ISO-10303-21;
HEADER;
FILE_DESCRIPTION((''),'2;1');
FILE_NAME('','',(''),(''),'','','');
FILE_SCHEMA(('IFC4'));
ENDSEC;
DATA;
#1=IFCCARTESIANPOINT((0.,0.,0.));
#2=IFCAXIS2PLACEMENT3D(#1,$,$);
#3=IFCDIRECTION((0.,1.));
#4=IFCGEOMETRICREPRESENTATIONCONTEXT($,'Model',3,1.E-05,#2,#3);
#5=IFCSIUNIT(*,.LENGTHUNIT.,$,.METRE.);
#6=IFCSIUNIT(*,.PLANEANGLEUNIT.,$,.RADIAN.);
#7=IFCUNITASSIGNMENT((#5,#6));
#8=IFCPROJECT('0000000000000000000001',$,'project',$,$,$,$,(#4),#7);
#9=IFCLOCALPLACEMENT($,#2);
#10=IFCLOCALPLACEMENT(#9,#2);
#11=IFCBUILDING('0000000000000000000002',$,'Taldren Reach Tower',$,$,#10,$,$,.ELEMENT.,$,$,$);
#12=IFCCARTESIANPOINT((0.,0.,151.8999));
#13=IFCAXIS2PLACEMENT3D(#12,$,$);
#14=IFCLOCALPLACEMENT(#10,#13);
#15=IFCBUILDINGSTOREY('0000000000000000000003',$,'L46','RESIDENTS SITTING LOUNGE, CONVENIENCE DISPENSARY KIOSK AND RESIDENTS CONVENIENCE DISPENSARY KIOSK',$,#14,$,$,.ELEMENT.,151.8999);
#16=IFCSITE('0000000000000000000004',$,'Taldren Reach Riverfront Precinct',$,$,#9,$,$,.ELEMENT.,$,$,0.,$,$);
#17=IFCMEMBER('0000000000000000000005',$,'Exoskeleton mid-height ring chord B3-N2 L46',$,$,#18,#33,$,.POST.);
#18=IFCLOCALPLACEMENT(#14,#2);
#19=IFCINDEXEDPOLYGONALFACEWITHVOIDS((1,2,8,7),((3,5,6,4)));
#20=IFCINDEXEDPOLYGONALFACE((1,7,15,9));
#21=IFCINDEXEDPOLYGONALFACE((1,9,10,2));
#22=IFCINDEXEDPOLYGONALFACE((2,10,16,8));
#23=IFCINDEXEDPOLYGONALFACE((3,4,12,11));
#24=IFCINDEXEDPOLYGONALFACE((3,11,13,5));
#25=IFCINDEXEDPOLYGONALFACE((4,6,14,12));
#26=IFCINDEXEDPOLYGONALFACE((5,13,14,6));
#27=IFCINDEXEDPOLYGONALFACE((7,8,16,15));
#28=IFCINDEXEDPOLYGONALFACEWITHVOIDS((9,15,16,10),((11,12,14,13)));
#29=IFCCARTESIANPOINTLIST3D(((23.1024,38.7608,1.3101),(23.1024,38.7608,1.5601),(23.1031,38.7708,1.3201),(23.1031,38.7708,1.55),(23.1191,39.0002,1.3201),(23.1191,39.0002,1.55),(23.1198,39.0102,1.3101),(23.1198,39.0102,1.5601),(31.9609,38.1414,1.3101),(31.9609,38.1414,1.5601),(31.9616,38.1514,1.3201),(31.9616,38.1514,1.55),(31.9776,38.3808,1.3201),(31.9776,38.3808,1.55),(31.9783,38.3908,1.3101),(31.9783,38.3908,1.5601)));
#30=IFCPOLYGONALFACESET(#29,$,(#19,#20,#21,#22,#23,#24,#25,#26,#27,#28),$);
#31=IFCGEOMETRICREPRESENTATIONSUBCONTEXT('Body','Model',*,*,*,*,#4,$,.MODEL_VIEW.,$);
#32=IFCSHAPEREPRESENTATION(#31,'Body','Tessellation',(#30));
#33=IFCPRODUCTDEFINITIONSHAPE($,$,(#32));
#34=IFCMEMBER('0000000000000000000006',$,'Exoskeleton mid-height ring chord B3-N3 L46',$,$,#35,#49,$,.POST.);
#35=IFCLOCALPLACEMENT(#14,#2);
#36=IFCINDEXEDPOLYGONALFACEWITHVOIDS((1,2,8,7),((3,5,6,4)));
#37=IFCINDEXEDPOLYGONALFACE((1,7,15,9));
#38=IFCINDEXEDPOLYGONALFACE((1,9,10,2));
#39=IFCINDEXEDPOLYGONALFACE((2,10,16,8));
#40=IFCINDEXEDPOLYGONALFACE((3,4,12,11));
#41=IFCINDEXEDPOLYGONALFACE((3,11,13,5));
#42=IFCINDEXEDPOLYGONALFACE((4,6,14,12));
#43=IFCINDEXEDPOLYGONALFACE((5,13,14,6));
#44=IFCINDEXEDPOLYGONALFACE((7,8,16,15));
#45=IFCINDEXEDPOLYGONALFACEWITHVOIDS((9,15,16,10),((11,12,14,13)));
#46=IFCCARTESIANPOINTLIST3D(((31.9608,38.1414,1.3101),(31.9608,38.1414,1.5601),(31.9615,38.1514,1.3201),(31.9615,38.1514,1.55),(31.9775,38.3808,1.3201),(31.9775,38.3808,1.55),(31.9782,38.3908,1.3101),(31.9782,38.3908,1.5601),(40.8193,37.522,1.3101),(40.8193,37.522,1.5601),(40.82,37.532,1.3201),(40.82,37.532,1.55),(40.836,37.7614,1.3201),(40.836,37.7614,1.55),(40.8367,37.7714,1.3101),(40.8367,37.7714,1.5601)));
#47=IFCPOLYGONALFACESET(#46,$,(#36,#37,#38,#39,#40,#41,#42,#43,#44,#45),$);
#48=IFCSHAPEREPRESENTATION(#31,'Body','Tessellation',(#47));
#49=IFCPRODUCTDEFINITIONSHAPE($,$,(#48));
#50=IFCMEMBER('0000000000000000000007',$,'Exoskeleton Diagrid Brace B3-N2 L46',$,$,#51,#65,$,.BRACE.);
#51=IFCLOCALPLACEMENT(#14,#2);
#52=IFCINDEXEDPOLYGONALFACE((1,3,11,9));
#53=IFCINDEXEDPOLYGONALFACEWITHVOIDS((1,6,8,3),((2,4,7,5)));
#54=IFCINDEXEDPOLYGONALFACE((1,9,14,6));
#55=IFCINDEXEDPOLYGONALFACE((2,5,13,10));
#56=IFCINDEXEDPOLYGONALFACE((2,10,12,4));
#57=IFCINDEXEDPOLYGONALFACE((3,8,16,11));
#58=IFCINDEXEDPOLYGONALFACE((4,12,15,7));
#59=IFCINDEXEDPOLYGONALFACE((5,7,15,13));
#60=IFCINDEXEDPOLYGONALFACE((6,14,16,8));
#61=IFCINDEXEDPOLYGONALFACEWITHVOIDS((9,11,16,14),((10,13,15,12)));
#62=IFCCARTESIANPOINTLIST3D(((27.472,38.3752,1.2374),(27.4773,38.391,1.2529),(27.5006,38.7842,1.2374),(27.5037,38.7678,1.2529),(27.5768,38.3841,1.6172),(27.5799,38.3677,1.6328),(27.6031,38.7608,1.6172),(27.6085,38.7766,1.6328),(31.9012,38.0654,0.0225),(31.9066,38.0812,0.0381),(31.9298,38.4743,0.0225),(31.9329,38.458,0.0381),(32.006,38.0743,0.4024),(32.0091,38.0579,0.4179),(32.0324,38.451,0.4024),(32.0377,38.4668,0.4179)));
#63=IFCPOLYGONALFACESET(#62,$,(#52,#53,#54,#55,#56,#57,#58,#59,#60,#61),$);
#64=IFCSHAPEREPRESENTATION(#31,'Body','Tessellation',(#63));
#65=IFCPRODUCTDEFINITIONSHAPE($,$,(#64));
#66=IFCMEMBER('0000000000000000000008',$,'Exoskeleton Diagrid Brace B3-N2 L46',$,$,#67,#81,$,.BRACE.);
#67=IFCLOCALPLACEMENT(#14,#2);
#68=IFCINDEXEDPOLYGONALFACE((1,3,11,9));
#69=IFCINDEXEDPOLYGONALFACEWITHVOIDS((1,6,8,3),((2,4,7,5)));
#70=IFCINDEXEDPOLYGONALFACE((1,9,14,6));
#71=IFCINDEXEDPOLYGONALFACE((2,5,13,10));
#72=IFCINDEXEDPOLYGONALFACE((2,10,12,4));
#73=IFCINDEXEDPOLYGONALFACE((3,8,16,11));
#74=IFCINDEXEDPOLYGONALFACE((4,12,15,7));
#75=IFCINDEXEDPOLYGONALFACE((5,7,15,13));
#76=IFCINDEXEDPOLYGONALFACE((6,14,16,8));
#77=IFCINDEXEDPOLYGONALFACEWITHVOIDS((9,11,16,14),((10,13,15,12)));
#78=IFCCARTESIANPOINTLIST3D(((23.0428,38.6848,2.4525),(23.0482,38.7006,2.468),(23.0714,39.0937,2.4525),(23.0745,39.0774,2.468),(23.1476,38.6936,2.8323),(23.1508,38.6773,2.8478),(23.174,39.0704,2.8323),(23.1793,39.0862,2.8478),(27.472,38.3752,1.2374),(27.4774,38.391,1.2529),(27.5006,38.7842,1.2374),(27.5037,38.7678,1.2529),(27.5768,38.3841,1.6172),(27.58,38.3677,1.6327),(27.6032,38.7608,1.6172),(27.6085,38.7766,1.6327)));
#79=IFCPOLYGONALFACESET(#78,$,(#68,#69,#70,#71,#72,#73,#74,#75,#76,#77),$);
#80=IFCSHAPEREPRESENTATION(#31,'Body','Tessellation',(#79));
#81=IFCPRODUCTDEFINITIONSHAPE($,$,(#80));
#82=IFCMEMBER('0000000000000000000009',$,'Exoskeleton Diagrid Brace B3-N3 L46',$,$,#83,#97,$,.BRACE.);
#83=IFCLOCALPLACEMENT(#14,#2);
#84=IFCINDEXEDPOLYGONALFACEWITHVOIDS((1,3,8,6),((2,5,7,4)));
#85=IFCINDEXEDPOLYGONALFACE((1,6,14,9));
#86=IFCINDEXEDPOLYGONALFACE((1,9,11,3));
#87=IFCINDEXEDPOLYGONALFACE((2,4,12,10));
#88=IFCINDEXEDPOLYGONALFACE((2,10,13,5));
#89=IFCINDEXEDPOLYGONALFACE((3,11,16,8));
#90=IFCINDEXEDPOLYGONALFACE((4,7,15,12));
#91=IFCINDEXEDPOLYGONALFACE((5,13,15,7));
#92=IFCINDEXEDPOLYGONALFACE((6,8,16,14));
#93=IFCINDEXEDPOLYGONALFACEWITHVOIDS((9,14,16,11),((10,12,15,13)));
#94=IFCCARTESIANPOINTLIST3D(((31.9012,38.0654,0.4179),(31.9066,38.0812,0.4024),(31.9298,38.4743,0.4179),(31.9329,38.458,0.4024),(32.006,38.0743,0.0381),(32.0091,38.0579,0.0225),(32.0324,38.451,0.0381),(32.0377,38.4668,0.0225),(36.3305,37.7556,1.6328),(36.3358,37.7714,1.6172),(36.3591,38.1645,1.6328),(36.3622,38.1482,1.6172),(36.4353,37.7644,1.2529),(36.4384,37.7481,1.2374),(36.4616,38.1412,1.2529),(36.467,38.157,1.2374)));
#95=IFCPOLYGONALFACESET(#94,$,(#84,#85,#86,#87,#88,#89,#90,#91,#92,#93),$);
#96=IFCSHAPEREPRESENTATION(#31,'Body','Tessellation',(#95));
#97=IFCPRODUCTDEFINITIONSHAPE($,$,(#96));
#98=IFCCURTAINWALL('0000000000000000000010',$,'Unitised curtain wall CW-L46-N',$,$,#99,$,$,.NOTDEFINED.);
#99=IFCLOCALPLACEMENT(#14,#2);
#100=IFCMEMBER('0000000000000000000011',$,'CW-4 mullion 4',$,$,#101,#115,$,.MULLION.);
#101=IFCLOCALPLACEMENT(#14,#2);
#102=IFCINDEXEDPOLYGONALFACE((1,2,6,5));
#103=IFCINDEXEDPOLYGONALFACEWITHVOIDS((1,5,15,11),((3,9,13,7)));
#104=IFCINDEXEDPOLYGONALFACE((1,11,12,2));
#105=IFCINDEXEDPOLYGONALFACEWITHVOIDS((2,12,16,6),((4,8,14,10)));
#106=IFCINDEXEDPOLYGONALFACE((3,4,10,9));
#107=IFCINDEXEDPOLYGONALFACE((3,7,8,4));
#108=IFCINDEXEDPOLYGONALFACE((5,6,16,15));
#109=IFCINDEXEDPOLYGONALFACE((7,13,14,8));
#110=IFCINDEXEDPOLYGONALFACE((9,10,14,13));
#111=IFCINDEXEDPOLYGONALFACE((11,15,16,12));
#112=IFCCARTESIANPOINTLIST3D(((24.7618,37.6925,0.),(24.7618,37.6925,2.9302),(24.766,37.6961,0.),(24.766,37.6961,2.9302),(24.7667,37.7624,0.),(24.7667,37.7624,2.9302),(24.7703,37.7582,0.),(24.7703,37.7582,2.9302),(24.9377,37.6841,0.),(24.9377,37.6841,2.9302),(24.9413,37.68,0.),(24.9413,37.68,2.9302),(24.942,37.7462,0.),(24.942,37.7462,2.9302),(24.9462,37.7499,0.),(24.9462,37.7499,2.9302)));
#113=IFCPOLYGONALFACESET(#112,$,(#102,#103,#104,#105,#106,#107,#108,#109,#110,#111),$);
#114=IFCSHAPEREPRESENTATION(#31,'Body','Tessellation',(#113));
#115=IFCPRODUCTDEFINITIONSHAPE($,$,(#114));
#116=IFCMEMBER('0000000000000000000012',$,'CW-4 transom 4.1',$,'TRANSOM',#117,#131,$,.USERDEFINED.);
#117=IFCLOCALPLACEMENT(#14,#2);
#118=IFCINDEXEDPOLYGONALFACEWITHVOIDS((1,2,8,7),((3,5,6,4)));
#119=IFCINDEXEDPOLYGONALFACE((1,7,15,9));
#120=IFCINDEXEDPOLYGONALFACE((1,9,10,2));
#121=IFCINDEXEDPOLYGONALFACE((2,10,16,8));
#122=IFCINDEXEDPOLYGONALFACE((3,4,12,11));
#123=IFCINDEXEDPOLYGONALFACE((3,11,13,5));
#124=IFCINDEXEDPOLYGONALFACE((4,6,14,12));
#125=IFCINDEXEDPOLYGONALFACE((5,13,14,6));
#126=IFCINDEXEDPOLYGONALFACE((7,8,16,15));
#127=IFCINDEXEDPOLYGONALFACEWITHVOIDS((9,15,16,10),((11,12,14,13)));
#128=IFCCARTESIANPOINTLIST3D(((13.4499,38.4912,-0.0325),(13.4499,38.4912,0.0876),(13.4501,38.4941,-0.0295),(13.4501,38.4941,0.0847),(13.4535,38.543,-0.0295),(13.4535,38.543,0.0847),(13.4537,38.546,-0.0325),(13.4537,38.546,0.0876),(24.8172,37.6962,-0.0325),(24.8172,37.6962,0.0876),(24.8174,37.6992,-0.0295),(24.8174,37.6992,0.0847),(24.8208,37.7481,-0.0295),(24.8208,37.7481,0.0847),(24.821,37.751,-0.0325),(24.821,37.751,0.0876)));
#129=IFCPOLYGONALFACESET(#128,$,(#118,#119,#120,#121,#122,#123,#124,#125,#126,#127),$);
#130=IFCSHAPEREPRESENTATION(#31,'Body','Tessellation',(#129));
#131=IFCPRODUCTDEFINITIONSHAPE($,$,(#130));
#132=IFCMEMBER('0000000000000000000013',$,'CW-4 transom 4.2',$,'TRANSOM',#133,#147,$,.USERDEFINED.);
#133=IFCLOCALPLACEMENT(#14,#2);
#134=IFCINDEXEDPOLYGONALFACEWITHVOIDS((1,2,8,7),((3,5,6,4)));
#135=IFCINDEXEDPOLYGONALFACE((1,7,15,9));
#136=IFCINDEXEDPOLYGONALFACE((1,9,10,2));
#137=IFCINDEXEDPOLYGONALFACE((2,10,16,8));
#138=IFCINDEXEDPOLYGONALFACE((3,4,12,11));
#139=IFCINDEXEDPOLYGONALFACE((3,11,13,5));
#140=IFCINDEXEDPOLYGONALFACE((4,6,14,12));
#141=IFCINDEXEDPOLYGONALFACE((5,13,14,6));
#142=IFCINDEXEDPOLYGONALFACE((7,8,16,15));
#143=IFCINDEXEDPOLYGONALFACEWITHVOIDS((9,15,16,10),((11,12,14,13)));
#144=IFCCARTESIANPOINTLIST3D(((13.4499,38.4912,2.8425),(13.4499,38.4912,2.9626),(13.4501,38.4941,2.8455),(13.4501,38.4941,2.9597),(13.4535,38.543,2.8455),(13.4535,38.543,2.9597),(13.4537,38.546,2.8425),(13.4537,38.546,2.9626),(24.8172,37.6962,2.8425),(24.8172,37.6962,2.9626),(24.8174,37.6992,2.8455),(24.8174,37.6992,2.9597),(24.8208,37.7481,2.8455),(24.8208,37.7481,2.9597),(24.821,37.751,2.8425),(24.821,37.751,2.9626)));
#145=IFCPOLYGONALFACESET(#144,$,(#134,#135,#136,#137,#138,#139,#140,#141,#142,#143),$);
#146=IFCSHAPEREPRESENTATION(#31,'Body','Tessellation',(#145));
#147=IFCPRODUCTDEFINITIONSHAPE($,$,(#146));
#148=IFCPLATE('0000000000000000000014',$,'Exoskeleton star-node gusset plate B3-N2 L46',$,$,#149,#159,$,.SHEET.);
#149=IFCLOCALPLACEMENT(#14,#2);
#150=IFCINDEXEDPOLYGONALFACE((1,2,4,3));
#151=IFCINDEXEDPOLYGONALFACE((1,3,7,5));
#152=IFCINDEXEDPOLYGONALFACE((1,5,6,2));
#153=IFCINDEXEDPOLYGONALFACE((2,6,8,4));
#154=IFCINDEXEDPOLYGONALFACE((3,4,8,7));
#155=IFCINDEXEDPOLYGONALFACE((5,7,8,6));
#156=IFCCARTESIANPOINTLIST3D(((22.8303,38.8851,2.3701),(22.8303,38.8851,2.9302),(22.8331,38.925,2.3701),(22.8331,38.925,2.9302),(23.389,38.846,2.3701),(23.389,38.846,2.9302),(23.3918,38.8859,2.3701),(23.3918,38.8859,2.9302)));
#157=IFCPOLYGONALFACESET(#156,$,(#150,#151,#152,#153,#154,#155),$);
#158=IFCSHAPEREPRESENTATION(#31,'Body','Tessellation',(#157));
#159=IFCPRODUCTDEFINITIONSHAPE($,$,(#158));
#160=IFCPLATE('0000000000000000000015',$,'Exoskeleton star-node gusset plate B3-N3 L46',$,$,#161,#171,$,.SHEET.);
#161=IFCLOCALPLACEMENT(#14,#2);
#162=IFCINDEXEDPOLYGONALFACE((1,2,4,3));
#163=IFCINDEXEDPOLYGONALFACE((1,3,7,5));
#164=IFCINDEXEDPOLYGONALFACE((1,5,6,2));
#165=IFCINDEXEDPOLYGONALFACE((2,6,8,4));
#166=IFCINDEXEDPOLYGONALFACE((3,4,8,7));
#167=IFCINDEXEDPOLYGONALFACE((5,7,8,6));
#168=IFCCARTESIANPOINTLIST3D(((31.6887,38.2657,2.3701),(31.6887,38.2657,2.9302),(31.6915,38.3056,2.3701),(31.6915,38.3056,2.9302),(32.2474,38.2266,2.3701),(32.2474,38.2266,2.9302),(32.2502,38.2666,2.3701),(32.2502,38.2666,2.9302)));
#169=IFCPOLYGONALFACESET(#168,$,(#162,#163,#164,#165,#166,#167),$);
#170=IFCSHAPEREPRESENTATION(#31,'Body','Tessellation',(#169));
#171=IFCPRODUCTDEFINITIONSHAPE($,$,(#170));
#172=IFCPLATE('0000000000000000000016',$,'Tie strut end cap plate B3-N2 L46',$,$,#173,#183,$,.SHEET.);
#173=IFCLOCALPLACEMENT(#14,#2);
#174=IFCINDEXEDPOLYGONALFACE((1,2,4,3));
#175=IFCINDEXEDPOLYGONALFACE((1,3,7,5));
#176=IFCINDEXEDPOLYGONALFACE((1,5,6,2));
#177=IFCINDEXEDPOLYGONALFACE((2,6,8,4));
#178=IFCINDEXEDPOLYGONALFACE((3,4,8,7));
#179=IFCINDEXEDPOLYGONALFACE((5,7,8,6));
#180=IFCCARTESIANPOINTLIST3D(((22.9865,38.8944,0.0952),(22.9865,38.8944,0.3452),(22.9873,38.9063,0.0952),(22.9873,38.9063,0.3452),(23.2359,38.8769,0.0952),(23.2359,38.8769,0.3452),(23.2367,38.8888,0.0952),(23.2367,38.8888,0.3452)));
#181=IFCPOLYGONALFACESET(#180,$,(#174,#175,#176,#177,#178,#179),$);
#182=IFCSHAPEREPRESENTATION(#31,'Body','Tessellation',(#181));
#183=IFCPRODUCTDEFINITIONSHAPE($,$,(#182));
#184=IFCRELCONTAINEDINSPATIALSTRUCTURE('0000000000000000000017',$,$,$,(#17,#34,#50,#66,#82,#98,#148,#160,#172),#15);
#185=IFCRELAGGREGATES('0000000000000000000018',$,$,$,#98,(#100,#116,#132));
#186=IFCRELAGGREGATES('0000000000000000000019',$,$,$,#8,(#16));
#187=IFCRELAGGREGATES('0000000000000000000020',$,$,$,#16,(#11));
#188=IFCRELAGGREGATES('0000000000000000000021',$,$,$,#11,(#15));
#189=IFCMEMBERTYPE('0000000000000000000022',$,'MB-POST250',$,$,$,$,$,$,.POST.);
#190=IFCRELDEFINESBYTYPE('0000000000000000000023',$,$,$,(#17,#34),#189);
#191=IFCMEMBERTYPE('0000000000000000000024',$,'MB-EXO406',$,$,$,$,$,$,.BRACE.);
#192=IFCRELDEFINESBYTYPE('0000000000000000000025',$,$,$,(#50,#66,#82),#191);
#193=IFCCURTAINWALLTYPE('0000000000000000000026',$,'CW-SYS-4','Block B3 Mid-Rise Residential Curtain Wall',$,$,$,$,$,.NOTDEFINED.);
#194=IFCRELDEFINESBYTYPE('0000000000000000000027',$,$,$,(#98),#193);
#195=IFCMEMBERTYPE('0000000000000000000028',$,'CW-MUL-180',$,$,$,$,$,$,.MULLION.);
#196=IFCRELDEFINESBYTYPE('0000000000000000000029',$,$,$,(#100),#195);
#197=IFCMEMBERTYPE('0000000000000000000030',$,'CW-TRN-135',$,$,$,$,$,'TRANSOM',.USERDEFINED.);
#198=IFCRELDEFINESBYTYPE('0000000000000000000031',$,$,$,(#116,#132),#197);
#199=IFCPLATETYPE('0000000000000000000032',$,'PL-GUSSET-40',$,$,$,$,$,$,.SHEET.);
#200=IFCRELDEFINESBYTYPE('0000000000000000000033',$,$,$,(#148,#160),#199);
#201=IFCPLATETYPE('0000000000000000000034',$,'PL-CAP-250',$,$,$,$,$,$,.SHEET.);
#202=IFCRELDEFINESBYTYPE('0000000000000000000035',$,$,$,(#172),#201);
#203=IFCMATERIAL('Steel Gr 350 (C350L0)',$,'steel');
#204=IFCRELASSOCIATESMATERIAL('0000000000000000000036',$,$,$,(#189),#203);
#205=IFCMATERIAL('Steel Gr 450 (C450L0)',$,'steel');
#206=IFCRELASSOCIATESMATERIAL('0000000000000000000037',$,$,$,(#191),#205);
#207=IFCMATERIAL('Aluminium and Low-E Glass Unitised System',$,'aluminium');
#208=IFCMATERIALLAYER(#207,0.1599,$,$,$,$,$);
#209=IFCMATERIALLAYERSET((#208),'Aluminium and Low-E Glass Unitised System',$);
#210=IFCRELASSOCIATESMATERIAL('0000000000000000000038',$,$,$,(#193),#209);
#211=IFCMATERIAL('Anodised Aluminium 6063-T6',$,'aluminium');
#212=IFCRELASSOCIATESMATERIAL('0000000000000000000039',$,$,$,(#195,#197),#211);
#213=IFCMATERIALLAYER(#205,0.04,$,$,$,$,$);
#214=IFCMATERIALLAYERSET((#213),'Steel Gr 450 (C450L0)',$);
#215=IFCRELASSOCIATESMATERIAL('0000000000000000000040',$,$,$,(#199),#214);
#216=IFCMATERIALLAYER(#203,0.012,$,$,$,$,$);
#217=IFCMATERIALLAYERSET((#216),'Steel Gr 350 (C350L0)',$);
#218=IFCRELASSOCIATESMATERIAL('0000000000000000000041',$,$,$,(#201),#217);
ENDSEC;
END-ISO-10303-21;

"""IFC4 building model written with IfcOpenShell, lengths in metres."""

from ifc_helpers import new_model, si_unit, direction, frame, origin, origin_2d, place, context, subcontext, project, spatial, rectangle, hollow_rectangle, extrude, source, transform, mapped, material, layer, layer_set, material_profile, profile_set, type_object, element, aggregate, save


model = new_model("IFC4")

# Units and contexts
model_context = context("Model", 3, precision=1e-05, world=origin(), true_north=direction((0.0, 1.0)))
body_context = subcontext(model_context, "Body", "Model", "MODEL_VIEW")
ifc_project = project(units=[si_unit("LENGTHUNIT", "METRE"), si_unit("PLANEANGLEUNIT", "RADIAN")], contexts=[model_context])

# Site, building, storey
site_placement = place(None, origin())
site = spatial("IfcSite", under=ifc_project, at=site_placement, Name="Taldren Reach Riverfront Precinct", CompositionType="ELEMENT", RefElevation=0.0)
building_placement = place(site_placement, origin())
building = spatial("IfcBuilding", under=site, at=building_placement, Name="Taldren Reach Tower", CompositionType="ELEMENT")
storey_placement = place(building_placement, frame((0.0, 0.0, 151.8999)))
storey = spatial("IfcBuildingStorey", under=building, at=storey_placement, Name="L46", Description="RESIDENTS SITTING LOUNGE, CONVENIENCE DISPENSARY KIOSK AND RESIDENTS CONVENIENCE DISPENSARY KIOSK", CompositionType="ELEMENT", Elevation=151.8999)

# Shared definitions
ifc_material_1 = material(Name="Steel Gr 450 (C450L0)", Category="steel")
ifc_material_2 = material(Name="Steel Gr 350 (C350L0)", Category="steel")
ifc_material_profile_1 = material_profile(ifc_material_2, hollow_rectangle(XDim=0.25, YDim=0.25, WallThickness=0.01, at=origin_2d()), Name="250x250x10.0SHS")
ifc_profile_set_1 = profile_set([ifc_material_profile_1], Name="Steel Gr 350 (C350L0)")
member_type_1 = type_object("IfcMemberType", Name="MB-POST250", PredefinedType="POST", material=ifc_profile_set_1)

# Members
shared_shape_1 = source(origin(), body_context, "Body", "SweptSolid", [
    extrude(hollow_rectangle(XDim=0.25, YDim=0.25, WallThickness=0.01, at=origin_2d()), origin(), (0.0, 0.0, 1.0), 8.8801),
])
for number, where, z_axis, x_axis, name in (
    (1, (23.1111, 38.8855, 1.4351), (0.997564, -0.06975, 0.0), (0.06975, 0.997564, 0.0), "Exoskeleton mid-height ring chord B3-N2 L46"),
    (2, (31.9695, 38.2661, 1.4351), (0.997564, -0.06975, 0.0), (0.06975, 0.997564, 0.0), "Exoskeleton mid-height ring chord B3-N3 L46"),
):
    element("IfcMember", number, at=place(storey_placement, frame(where, z_axis=z_axis, x_axis=x_axis)), inside=storey, type_object=member_type_1, Name=name, PredefinedType="POST", context=body_context, shape_type="MappedRepresentation", body=[
        mapped(shared_shape_1, transform((0.0, 0.0, 0.0), scale=1.0)),
    ])
ifc_material_profile_2 = material_profile(ifc_material_1, hollow_rectangle(XDim=0.4099, YDim=0.4099, WallThickness=0.0161, at=origin_2d()), Name="410x410x16.0SHS")
ifc_profile_set_2 = profile_set([ifc_material_profile_2], Name="Steel Gr 450 (C450L0)")
member_type_2 = type_object("IfcMemberType", Name="MB-EXO406", PredefinedType="BRACE", material=ifc_profile_set_2)
shared_shape_2 = source(origin(), body_context, "Body", "SweptSolid", [
    extrude(hollow_rectangle(XDim=0.4099, YDim=0.4099, WallThickness=0.0161, at=origin_2d()), origin(), (0.0, 0.0, 1.0), 4.6033),
])
for number, where, z_axis, x_axis, name in (
    (3, (31.9695, 38.2661, 0.2202), (-0.962196, 0.067304, 0.263912), (-0.069778, -0.997563, 0.0), "Exoskeleton Diagrid Brace B3-N2 L46"),
    (4, (27.5403, 38.5759, 1.4351), (-0.962186, 0.06725, 0.263962), (-0.069723, -0.997566, 0.0), "Exoskeleton Diagrid Brace B3-N2 L46"),
    (5, (31.9695, 38.2661, 0.2202), (0.962196, -0.067304, 0.263912), (0.069778, 0.997563, 0.0), "Exoskeleton Diagrid Brace B3-N3 L46"),
):
    element("IfcMember", number, at=place(storey_placement, frame(where, z_axis=z_axis, x_axis=x_axis)), inside=storey, type_object=member_type_2, Name=name, PredefinedType="BRACE", context=body_context, shape_type="MappedRepresentation", body=[
        mapped(shared_shape_2, transform((0.0, 0.0, 0.0), scale=1.0)),
    ])

# Curtain wall, members
ifc_material_3 = material(Name="Aluminium and Low-E Glass Unitised System", Category="aluminium")
ifc_layer_1 = layer(ifc_material_3, 0.1599)
ifc_layer_set_1 = layer_set([ifc_layer_1], Name="Aluminium and Low-E Glass Unitised System")
curtain_wall_type = type_object("IfcCurtainWallType", Name="CW-SYS-4", Description="Block B3 Mid-Rise Residential Curtain Wall", PredefinedType="NOTDEFINED", material=ifc_layer_set_1)
curtain_wall_placement = place(storey_placement, origin())
curtain_wall = element("IfcCurtainWall", 6, at=curtain_wall_placement, inside=storey, type_object=curtain_wall_type, Name="Unitised curtain wall CW-L46-N", PredefinedType="NOTDEFINED")
ifc_material_4 = material(Name="Anodised Aluminium 6063-T6", Category="aluminium")
ifc_material_profile_3 = material_profile(ifc_material_4, hollow_rectangle(XDim=0.0701, YDim=0.1799, WallThickness=0.0039, at=origin_2d()), Name="ALU-180x70x4RHS")
ifc_profile_set_3 = profile_set([ifc_material_profile_3], Name="Anodised Aluminium 6063-T6")
member_type_3 = type_object("IfcMemberType", Name="CW-MUL-180", PredefinedType="MULLION", material=ifc_profile_set_3)
shared_shape_3 = source(origin(), body_context, "Body", "SweptSolid", [
    extrude(hollow_rectangle(XDim=0.0701, YDim=0.1799, WallThickness=0.0039, at=origin_2d()), origin(), (0.0, 0.0, 1.0), 2.9302),
])
member_1_placement = place(storey_placement, frame((24.854, 37.7212, 0.0), z_axis=(0.0, 0.0, 1.0), x_axis=(-0.069757, -0.997564, 0.0)))
member_1 = element("IfcMember", 7, at=member_1_placement, type_object=member_type_3, Name="CW-4 mullion 4", PredefinedType="MULLION", context=body_context, shape_type="MappedRepresentation", body=[
    mapped(shared_shape_3, transform((0.0, 0.0, 0.0), scale=1.0)),
])
ifc_material_profile_4 = material_profile(ifc_material_4, hollow_rectangle(XDim=0.0549, YDim=0.1201, WallThickness=0.0029, at=origin_2d()), Name="ALU-120x55x3RHS")
ifc_profile_set_4 = profile_set([ifc_material_profile_4], Name="Anodised Aluminium 6063-T6")
member_type_4 = type_object("IfcMemberType", Name="CW-TRN-135", ElementType="TRANSOM", PredefinedType="USERDEFINED", material=ifc_profile_set_4)
shared_shape_4 = source(origin(), body_context, "Body", "SweptSolid", [
    extrude(hollow_rectangle(XDim=0.0549, YDim=0.1201, WallThickness=0.0029, at=origin_2d()), origin(), (0.0, 0.0, 1.0), 11.395),
])
member_2_placement = place(storey_placement, frame((24.8191, 37.7236, 0.0276), z_axis=(-0.997564, 0.069761, 0.0), x_axis=(-0.069761, -0.997564, 0.0)))
member_2 = element("IfcMember", 8, at=member_2_placement, type_object=member_type_4, Name="CW-4 transom 4.1", ObjectType="TRANSOM", PredefinedType="USERDEFINED", context=body_context, shape_type="MappedRepresentation", body=[
    mapped(shared_shape_4, transform((0.0, 0.0, 0.0), scale=1.0)),
])
member_3_placement = place(storey_placement, frame((24.8191, 37.7236, 2.9026), z_axis=(-0.997564, 0.069761, 0.0), x_axis=(-0.069761, -0.997564, 0.0)))
member_3 = element("IfcMember", 9, at=member_3_placement, type_object=member_type_4, Name="CW-4 transom 4.2", ObjectType="TRANSOM", PredefinedType="USERDEFINED", context=body_context, shape_type="MappedRepresentation", body=[
    mapped(shared_shape_4, transform((0.0, 0.0, 0.0), scale=1.0)),
])

# Plates
ifc_layer_2 = layer(ifc_material_1, 0.04)
ifc_layer_set_2 = layer_set([ifc_layer_2], Name="Steel Gr 450 (C450L0)")
plate_type_1 = type_object("IfcPlateType", Name="PL-GUSSET-40", PredefinedType="SHEET", material=ifc_layer_set_2)
shared_shape_5 = source(origin(), body_context, "Body", "SweptSolid", [
    extrude(rectangle(XDim=0.5601, YDim=0.04, at=origin_2d()), origin(), (0.0, 0.0, 1.0), 0.5601),
])
for number, where, z_axis, x_axis, name in (
    (10, (23.1111, 38.8855, 2.3701), (0.0, 0.0, 1.0), (0.997564, -0.069756, 0.0), "Exoskeleton star-node gusset plate B3-N2 L46"),
    (11, (31.9695, 38.2661, 2.3701), (0.0, 0.0, 1.0), (0.997564, -0.069756, 0.0), "Exoskeleton star-node gusset plate B3-N3 L46"),
):
    element("IfcPlate", number, at=place(storey_placement, frame(where, z_axis=z_axis, x_axis=x_axis)), inside=storey, type_object=plate_type_1, Name=name, PredefinedType="SHEET", context=body_context, shape_type="MappedRepresentation", body=[
        mapped(shared_shape_5, transform((0.0, 0.0, 0.0), scale=1.0)),
    ])
ifc_layer_3 = layer(ifc_material_2, 0.012)
ifc_layer_set_3 = layer_set([ifc_layer_3], Name="Steel Gr 350 (C350L0)")
plate_type_2 = type_object("IfcPlateType", Name="PL-CAP-250", PredefinedType="SHEET", material=ifc_layer_set_3)
shared_shape_6 = source(origin(), body_context, "Body", "SweptSolid", [
    extrude(rectangle(XDim=0.25, YDim=0.012, at=origin_2d()), origin(), (0.0, 0.0, 1.0), 0.25),
])
plate_1_placement = place(storey_placement, frame((23.1116, 38.8916, 0.0952), z_axis=(0.0, 0.0, 1.0), x_axis=(0.997564, -0.069756, 0.0)))
element("IfcPlate", 12, at=plate_1_placement, inside=storey, type_object=plate_type_2, Name="Tie strut end cap plate B3-N2 L46", PredefinedType="SHEET", context=body_context, shape_type="MappedRepresentation", body=[
    mapped(shared_shape_6, transform((0.0, 0.0, 0.0), scale=1.0)),
])

aggregate(curtain_wall, [member_1, member_2, member_3])

save(model, "model.ifc")
